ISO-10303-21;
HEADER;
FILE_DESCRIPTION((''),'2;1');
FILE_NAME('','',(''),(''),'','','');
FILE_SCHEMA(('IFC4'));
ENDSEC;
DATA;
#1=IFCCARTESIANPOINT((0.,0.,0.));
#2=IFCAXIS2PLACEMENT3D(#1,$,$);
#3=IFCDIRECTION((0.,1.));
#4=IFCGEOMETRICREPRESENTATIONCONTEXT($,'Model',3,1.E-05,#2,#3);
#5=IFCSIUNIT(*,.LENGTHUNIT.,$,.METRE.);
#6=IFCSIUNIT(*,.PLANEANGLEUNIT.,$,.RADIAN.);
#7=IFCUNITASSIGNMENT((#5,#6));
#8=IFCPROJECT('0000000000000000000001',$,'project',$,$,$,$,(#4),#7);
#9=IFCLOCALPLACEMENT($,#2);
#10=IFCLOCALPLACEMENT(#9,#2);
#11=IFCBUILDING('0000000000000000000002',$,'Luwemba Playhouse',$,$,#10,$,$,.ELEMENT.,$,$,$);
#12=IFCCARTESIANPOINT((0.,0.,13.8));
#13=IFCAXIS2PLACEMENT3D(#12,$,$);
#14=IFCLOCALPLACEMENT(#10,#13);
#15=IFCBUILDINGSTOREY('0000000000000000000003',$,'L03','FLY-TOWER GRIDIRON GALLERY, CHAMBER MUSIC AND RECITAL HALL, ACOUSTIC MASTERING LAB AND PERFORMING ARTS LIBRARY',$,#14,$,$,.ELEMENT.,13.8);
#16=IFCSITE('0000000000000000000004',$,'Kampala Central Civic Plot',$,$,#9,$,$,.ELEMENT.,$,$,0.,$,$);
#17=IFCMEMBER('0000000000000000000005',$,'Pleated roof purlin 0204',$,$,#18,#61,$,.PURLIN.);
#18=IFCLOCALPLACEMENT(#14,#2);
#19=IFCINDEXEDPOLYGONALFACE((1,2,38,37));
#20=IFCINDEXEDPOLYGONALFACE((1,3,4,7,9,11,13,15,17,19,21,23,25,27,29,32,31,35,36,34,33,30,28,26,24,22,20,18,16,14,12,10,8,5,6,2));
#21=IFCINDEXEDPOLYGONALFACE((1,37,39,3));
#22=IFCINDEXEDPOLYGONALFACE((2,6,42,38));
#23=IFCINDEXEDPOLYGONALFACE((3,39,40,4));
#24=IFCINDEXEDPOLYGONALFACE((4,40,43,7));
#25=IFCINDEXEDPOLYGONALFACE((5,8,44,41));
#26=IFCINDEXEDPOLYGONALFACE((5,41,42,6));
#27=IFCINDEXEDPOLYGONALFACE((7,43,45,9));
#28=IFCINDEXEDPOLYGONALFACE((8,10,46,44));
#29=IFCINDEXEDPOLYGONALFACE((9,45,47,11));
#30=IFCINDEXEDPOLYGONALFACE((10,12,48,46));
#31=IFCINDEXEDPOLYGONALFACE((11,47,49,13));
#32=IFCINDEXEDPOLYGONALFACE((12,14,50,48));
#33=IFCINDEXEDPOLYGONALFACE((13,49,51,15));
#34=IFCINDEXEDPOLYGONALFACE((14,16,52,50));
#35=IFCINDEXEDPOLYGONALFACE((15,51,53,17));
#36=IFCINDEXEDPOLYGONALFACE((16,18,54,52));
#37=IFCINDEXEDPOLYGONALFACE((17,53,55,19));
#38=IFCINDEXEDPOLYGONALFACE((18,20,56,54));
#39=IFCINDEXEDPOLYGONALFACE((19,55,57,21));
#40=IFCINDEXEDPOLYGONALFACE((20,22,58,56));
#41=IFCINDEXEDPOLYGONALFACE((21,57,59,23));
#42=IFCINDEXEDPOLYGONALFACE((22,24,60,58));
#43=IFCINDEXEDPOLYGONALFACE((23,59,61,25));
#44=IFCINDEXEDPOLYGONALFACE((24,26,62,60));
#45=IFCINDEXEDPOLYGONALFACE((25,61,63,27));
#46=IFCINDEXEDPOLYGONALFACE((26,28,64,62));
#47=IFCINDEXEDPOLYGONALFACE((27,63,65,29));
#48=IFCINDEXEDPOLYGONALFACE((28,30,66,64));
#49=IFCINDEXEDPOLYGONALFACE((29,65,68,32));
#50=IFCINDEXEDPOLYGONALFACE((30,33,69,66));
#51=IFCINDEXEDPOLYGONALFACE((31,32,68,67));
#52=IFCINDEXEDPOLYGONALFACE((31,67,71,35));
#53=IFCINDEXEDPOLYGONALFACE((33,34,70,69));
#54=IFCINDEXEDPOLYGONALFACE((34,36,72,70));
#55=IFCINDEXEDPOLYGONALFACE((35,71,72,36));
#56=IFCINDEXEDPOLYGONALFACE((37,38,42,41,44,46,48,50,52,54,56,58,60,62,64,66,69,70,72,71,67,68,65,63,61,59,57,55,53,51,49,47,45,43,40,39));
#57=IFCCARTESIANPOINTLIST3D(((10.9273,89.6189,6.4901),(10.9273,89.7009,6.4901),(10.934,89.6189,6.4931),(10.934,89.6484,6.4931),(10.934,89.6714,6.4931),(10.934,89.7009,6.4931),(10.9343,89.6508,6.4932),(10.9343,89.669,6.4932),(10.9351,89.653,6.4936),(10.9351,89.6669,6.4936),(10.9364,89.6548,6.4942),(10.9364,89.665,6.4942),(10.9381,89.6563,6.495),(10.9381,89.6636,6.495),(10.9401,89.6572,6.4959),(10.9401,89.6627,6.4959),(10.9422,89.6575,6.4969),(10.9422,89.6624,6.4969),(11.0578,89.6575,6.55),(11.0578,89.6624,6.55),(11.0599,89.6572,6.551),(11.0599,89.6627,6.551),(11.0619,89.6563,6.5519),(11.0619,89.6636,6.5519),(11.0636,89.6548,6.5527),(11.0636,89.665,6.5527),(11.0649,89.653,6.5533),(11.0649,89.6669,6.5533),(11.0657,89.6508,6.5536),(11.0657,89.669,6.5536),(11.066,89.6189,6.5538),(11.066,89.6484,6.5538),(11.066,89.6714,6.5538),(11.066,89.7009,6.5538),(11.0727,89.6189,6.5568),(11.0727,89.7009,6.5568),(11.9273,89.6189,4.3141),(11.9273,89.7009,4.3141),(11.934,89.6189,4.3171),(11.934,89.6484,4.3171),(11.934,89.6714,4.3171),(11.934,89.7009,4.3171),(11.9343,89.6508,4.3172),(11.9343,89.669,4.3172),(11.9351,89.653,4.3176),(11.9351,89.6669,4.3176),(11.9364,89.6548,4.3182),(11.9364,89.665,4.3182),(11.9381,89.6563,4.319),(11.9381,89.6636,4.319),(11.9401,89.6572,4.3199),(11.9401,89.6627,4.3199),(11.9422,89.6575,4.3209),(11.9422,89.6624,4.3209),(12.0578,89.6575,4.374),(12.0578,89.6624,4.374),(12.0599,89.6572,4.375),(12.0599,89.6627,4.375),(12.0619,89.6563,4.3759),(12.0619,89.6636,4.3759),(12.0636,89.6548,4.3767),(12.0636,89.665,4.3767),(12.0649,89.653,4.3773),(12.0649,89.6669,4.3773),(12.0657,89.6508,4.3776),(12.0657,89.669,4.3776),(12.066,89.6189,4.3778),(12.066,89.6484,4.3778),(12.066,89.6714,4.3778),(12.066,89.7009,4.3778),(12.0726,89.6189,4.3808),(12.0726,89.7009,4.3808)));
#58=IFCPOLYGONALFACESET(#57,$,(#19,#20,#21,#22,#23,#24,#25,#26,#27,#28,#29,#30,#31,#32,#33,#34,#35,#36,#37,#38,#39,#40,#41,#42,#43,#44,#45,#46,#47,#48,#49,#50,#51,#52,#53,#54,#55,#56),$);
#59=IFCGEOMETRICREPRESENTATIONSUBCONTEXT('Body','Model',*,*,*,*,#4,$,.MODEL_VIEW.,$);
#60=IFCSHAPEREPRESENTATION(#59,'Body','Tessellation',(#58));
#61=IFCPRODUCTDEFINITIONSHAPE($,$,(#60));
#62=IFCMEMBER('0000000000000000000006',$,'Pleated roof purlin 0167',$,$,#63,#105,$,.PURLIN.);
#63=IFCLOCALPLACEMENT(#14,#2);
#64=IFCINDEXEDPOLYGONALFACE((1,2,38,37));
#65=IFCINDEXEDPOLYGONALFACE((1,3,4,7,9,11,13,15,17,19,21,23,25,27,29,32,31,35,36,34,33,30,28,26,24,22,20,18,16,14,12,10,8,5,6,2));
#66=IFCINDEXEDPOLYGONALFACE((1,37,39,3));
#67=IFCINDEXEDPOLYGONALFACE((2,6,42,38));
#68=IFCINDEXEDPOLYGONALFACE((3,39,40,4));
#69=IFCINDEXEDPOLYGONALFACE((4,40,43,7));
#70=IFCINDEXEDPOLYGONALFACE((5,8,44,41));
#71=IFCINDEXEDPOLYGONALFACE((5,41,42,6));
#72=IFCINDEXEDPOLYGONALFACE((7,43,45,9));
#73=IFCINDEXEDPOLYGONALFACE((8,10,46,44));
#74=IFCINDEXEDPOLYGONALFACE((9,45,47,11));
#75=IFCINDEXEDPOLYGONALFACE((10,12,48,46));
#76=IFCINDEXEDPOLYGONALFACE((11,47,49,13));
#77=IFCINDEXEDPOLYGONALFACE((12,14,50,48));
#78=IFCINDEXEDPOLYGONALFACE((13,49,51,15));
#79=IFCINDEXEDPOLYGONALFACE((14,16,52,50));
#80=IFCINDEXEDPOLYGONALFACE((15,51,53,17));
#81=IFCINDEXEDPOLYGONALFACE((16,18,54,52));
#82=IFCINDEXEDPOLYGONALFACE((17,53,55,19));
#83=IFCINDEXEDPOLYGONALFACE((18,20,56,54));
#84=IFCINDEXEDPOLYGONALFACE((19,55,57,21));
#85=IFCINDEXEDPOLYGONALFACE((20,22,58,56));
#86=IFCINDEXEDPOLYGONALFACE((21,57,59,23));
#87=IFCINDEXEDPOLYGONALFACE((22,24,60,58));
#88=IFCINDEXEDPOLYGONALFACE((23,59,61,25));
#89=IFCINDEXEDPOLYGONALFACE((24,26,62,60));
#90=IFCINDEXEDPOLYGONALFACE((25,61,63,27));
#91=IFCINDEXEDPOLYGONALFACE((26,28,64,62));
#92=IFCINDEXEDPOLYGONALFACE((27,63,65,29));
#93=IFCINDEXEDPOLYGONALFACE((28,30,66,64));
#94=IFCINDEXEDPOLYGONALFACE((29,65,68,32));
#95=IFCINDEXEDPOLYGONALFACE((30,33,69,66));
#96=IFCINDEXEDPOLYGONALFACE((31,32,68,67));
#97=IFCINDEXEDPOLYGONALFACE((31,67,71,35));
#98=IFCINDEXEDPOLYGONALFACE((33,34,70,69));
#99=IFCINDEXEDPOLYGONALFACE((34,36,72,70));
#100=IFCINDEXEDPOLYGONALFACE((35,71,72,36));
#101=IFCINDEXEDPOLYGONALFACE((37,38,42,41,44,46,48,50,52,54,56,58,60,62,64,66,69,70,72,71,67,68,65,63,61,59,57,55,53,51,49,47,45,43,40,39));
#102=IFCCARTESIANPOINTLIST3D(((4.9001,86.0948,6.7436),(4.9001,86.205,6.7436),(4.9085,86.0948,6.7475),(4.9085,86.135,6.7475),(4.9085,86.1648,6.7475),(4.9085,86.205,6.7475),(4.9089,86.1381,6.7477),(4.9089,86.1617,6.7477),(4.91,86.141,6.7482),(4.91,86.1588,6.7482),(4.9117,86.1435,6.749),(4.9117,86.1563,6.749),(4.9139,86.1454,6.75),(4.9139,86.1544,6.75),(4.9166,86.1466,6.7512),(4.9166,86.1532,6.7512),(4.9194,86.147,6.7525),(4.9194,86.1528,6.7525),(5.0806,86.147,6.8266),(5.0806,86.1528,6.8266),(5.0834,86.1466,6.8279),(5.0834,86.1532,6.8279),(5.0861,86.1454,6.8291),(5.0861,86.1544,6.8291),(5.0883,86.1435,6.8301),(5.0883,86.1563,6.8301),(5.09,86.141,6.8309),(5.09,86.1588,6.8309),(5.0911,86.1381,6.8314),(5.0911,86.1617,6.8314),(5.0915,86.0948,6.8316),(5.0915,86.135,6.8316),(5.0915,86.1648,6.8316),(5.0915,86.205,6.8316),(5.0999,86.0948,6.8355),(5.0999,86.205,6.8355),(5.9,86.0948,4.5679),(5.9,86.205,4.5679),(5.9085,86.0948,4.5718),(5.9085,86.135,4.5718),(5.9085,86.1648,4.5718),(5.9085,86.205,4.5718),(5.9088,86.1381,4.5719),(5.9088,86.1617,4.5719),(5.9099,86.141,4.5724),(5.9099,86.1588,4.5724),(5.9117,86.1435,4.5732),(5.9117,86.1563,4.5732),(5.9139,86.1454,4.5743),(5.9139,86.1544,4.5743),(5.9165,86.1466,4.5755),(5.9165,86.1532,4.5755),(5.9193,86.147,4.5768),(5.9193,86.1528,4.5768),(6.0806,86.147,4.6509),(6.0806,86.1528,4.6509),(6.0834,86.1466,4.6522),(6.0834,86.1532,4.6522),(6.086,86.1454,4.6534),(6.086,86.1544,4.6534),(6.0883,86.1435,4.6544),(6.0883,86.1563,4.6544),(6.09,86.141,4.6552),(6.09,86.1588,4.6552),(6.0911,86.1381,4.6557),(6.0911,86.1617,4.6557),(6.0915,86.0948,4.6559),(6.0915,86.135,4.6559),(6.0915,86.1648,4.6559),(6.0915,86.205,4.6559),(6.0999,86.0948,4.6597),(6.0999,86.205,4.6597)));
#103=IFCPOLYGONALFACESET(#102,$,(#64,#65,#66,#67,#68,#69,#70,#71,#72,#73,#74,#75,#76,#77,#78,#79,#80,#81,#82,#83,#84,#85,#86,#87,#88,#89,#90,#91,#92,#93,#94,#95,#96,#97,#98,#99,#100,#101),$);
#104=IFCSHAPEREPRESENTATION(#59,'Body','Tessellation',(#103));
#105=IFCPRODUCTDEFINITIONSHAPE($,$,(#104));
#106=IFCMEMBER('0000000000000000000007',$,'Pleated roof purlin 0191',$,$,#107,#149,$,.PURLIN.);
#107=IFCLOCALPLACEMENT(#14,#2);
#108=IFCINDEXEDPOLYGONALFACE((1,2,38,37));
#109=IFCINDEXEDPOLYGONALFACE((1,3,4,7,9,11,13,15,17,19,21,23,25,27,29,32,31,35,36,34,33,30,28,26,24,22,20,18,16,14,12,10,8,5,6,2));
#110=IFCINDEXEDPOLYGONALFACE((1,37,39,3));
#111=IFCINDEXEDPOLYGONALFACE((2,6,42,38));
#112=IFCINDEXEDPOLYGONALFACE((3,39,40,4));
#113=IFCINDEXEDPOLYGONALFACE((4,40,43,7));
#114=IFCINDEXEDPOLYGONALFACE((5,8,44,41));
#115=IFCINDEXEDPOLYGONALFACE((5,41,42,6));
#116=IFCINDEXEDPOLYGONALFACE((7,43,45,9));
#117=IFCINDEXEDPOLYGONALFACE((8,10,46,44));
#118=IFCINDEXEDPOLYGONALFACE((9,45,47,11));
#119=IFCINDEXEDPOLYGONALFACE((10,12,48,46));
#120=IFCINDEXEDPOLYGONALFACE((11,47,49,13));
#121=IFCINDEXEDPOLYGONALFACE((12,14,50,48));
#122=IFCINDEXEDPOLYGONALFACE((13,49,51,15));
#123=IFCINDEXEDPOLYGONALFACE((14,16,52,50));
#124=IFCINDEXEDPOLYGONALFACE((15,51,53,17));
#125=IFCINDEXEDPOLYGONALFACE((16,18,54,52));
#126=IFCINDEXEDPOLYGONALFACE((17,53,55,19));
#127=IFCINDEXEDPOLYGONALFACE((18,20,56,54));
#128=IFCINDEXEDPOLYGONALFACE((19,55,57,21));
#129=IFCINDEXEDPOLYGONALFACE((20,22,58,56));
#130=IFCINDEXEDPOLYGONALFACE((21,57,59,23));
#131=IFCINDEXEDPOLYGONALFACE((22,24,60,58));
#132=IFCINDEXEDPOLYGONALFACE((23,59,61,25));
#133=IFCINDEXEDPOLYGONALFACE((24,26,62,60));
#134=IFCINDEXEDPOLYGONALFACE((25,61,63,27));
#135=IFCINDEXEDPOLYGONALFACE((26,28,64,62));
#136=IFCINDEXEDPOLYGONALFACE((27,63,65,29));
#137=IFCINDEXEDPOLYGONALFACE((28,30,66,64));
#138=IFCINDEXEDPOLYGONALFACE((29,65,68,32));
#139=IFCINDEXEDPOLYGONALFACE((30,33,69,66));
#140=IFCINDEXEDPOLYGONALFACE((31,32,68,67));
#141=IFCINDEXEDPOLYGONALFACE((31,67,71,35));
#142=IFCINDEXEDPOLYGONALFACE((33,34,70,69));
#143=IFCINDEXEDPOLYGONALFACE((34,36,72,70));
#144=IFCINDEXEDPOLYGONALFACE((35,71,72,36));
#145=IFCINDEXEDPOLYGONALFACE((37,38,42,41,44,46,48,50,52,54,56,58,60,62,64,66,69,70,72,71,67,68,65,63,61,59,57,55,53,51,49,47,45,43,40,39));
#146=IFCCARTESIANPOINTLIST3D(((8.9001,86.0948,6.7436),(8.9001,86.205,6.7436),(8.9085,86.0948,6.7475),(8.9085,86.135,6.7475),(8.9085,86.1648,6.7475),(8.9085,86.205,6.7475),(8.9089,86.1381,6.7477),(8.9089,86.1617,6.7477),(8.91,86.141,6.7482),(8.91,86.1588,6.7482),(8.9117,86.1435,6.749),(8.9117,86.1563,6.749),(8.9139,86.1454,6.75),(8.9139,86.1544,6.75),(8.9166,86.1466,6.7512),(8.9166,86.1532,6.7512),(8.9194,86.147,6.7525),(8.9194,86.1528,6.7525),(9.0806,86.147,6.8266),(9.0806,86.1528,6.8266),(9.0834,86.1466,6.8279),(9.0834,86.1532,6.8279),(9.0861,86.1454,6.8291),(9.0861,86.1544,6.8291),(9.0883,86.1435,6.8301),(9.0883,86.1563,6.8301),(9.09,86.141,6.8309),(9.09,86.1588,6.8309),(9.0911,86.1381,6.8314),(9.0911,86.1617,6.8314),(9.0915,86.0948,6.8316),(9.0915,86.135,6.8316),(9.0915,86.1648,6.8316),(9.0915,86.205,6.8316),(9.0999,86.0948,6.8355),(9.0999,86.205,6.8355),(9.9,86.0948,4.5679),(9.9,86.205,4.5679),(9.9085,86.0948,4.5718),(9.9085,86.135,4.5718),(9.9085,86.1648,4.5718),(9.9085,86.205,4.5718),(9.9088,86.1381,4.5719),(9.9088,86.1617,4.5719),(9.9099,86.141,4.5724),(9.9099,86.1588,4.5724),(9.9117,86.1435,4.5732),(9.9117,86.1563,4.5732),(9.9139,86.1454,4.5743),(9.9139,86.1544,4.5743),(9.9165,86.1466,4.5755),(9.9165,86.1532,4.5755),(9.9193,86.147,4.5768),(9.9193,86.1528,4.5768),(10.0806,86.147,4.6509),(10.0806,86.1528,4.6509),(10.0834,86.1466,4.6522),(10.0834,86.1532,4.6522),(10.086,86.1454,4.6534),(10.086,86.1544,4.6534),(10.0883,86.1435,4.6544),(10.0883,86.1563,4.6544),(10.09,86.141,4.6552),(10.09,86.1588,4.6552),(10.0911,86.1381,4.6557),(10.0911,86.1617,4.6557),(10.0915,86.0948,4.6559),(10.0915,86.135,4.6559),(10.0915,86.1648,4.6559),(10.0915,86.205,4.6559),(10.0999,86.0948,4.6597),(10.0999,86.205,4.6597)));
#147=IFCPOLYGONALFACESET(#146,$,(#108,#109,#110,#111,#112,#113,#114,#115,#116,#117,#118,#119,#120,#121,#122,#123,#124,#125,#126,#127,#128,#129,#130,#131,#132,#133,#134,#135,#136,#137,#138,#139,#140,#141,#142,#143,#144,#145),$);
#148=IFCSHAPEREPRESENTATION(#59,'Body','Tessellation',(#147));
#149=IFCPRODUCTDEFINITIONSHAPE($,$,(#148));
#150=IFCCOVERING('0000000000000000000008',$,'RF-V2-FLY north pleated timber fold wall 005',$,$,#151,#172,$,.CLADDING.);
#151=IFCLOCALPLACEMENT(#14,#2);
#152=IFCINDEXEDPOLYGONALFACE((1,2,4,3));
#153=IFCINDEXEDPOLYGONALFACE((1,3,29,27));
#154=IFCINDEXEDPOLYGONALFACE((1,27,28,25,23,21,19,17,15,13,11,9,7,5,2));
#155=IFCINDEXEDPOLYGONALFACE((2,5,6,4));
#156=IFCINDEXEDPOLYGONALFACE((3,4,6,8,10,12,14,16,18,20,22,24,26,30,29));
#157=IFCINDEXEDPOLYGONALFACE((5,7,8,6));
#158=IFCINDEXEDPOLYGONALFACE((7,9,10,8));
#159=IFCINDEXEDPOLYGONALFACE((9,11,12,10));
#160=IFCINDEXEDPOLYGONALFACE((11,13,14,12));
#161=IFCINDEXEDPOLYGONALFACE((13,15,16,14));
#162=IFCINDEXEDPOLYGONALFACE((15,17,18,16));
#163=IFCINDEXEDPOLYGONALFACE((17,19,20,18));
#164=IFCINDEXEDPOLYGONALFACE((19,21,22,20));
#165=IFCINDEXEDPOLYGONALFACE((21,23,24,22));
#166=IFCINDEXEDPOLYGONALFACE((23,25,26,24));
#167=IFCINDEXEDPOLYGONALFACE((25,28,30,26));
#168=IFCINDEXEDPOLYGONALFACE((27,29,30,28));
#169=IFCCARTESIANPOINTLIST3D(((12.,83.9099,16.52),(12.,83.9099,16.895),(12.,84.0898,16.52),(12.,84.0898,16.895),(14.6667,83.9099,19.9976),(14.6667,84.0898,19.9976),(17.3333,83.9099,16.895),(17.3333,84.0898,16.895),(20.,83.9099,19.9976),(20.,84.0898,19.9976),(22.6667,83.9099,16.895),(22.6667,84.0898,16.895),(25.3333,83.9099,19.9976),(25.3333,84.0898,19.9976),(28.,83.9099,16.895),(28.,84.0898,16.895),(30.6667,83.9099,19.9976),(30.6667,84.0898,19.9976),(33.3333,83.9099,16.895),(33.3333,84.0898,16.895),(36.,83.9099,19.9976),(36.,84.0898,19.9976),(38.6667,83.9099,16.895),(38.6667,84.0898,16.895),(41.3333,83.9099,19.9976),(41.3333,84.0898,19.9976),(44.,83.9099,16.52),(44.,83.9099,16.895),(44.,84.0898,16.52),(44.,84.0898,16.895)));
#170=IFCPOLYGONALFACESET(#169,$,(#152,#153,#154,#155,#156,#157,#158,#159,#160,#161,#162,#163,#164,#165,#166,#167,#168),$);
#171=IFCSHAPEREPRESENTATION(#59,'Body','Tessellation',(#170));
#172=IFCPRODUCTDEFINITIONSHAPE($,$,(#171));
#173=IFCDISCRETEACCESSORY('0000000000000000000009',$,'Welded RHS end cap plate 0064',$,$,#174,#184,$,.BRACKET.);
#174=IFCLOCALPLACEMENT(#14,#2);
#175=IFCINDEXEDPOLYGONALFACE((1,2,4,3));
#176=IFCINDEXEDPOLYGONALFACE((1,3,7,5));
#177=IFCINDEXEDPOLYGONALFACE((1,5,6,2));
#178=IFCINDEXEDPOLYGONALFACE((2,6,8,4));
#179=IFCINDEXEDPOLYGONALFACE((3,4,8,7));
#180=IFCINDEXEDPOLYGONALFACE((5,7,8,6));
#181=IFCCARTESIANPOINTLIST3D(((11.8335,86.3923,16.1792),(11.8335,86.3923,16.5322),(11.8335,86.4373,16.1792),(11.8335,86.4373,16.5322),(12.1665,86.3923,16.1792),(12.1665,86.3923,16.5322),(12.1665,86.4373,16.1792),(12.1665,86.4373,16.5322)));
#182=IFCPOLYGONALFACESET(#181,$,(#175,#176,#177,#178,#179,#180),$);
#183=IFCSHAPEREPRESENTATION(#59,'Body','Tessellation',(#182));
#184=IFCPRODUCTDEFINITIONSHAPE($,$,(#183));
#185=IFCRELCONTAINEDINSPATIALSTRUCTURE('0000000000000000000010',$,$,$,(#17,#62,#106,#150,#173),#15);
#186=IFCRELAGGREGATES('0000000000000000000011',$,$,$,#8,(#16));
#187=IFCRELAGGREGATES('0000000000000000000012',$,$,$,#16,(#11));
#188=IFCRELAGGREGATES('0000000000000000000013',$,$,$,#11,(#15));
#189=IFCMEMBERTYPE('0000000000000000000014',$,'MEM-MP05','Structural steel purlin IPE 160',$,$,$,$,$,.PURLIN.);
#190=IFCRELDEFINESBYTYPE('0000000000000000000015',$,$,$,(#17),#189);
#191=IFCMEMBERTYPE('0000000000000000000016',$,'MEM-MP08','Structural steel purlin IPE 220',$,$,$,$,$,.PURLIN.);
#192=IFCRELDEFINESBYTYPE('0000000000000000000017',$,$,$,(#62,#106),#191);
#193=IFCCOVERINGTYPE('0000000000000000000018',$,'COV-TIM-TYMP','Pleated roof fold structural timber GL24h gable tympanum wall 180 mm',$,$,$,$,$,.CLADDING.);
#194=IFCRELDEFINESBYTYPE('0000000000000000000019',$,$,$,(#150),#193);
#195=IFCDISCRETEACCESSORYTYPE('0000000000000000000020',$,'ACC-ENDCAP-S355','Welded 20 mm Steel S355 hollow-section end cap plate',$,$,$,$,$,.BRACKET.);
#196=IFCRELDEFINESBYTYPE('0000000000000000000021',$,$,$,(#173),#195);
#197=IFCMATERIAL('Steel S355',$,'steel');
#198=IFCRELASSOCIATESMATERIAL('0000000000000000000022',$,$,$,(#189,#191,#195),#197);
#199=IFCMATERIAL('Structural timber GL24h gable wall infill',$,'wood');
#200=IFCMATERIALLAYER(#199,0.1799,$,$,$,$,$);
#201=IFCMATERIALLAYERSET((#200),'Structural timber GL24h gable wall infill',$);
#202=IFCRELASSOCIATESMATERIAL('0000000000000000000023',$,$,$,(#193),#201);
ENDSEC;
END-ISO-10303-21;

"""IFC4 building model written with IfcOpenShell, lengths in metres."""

from ifc_helpers import new_model, si_unit, direction, frame, origin, origin_2d, place, context, subcontext, project, spatial, polyline, rectangle, i_section, outline, extrude, material, layer, layer_set, material_profile, profile_set, type_object, element, save


model = new_model("IFC4")

# Units and contexts
model_context = context("Model", 3, precision=1e-05, world=origin(), true_north=direction((0.0, 1.0)))
body_context = subcontext(model_context, "Body", "Model", "MODEL_VIEW")
ifc_project = project(units=[si_unit("LENGTHUNIT", "METRE"), si_unit("PLANEANGLEUNIT", "RADIAN")], contexts=[model_context])

# Site, building, storey
site_placement = place(None, origin())
site = spatial("IfcSite", under=ifc_project, at=site_placement, Name="Kampala Central Civic Plot", CompositionType="ELEMENT", RefElevation=0.0)
building_placement = place(site_placement, origin())
building = spatial("IfcBuilding", under=site, at=building_placement, Name="Luwemba Playhouse", CompositionType="ELEMENT")
storey_placement = place(building_placement, frame((0.0, 0.0, 13.8)))
storey = spatial("IfcBuildingStorey", under=building, at=storey_placement, Name="L03", Description="FLY-TOWER GRIDIRON GALLERY, CHAMBER MUSIC AND RECITAL HALL, ACOUSTIC MASTERING LAB AND PERFORMING ARTS LIBRARY", CompositionType="ELEMENT", Elevation=13.8)

# Shared definitions
ifc_material_1 = material(Name="Steel S355", Category="steel")

# Members
ifc_material_profile_1 = material_profile(ifc_material_1, i_section(OverallWidth=0.082, OverallDepth=0.1599, WebThickness=0.0049, FlangeThickness=0.0073, FilletRadius=0.009, at=origin_2d()))
ifc_profile_set_1 = profile_set([ifc_material_profile_1], Name="Steel S355")
member_type_1 = type_object("IfcMemberType", Name="MEM-MP05", Description="Structural steel purlin IPE 160", PredefinedType="PURLIN", material=ifc_profile_set_1)
for number, where, z_axis, x_axis, name in (
    (1, (11.0, 89.6599, 6.5234), (0.417571, 0.0, -0.908644), (0.0, 1.0, 0.0), "Pleated roof purlin 0204"),
):
    element("IfcMember", number, at=place(storey_placement, frame(where, z_axis=z_axis, x_axis=x_axis)), inside=storey, type_object=member_type_1, Name=name, PredefinedType="PURLIN", context=body_context, shape_type="SweptSolid", body=[
        extrude(i_section(OverallWidth=0.082, OverallDepth=0.1599, WebThickness=0.0049, FlangeThickness=0.0073, FilletRadius=0.009, at=origin_2d()), origin(), (0.0, 0.0, 1.0), 2.3948),
    ])
ifc_material_profile_2 = material_profile(ifc_material_1, i_section(OverallWidth=0.1101, OverallDepth=0.22, WebThickness=0.0059, FlangeThickness=0.0093, FilletRadius=0.012, at=origin_2d()))
ifc_profile_set_2 = profile_set([ifc_material_profile_2], Name="Steel S355")
member_type_2 = type_object("IfcMemberType", Name="MEM-MP08", Description="Structural steel purlin IPE 220", PredefinedType="PURLIN", material=ifc_profile_set_2)
for number, where, z_axis, x_axis, name in (
    (2, (5.0, 86.1499, 6.7896), (0.417609, 0.0, -0.908627), (0.0, 1.0, 0.0), "Pleated roof purlin 0167"),
    (3, (9.0, 86.1499, 6.7896), (0.417609, 0.0, -0.908627), (0.0, 1.0, 0.0), "Pleated roof purlin 0191"),
):
    element("IfcMember", number, at=place(storey_placement, frame(where, z_axis=z_axis, x_axis=x_axis)), inside=storey, type_object=member_type_2, Name=name, PredefinedType="PURLIN", context=body_context, shape_type="SweptSolid", body=[
        extrude(i_section(OverallWidth=0.1101, OverallDepth=0.22, WebThickness=0.0059, FlangeThickness=0.0093, FilletRadius=0.012, at=origin_2d()), origin(), (0.0, 0.0, 1.0), 2.3945),
    ])

# Covering
ifc_material_2 = material(Name="Structural timber GL24h gable wall infill", Category="wood")
ifc_layer = layer(ifc_material_2, 0.1799)
ifc_layer_set = layer_set([ifc_layer], Name="Structural timber GL24h gable wall infill")
covering_type = type_object("IfcCoveringType", Name="COV-TIM-TYMP", Description="Pleated roof fold structural timber GL24h gable tympanum wall 180 mm", PredefinedType="CLADDING", material=ifc_layer_set)
covering_placement = place(storey_placement, frame((12.0, 84.0, 16.52), z_axis=(0.0, 0.0, 1.0), x_axis=(1.0, 0.0, 0.0)))
element("IfcCovering", 4, at=covering_placement, inside=storey, type_object=covering_type, Name="RF-V2-FLY north pleated timber fold wall 005", PredefinedType="CLADDING", context=body_context, shape_type="SweptSolid", body=[
    extrude(outline(polyline([(0.0, 0.0), (32.0, 0.0), (32.0, 0.375), (29.3333, 3.4775), (26.6667, 0.375), (24.0, 3.4775), (21.3333, 0.375), (18.6667, 3.4775), (16.0, 0.375), (13.3333, 3.4775), (10.6667, 0.375), (8.0, 3.4775), (5.3333, 0.375), (2.6667, 3.4775), (0.0, 0.375), (0.0, 0.0)])), frame((0.0, 0.0898, 0.0), z_axis=(0.0, -1.0, 0.0), x_axis=(1.0, 0.0, 0.0)), (0.0, 0.0, 1.0), 0.1799),
])

# Discrete accessory
discrete_accessory_type = type_object("IfcDiscreteAccessoryType", Name="ACC-ENDCAP-S355", Description="Welded 20 mm Steel S355 hollow-section end cap plate", PredefinedType="BRACKET", material=ifc_material_1)
discrete_accessory_1_placement = place(storey_placement, frame((12.0, 86.4148, 16.1792), z_axis=(0.0, 0.0, 1.0), x_axis=(1.0, 0.0, 0.0)))
element("IfcDiscreteAccessory", 5, at=discrete_accessory_1_placement, inside=storey, type_object=discrete_accessory_type, Name="Welded RHS end cap plate 0064", PredefinedType="BRACKET", context=body_context, shape_type="SweptSolid", body=[
    extrude(rectangle(XDim=0.333, YDim=0.0449, at=origin_2d()), origin(), (0.0, 0.0, 1.0), 0.353),
])

save(model, "model.ifc")
